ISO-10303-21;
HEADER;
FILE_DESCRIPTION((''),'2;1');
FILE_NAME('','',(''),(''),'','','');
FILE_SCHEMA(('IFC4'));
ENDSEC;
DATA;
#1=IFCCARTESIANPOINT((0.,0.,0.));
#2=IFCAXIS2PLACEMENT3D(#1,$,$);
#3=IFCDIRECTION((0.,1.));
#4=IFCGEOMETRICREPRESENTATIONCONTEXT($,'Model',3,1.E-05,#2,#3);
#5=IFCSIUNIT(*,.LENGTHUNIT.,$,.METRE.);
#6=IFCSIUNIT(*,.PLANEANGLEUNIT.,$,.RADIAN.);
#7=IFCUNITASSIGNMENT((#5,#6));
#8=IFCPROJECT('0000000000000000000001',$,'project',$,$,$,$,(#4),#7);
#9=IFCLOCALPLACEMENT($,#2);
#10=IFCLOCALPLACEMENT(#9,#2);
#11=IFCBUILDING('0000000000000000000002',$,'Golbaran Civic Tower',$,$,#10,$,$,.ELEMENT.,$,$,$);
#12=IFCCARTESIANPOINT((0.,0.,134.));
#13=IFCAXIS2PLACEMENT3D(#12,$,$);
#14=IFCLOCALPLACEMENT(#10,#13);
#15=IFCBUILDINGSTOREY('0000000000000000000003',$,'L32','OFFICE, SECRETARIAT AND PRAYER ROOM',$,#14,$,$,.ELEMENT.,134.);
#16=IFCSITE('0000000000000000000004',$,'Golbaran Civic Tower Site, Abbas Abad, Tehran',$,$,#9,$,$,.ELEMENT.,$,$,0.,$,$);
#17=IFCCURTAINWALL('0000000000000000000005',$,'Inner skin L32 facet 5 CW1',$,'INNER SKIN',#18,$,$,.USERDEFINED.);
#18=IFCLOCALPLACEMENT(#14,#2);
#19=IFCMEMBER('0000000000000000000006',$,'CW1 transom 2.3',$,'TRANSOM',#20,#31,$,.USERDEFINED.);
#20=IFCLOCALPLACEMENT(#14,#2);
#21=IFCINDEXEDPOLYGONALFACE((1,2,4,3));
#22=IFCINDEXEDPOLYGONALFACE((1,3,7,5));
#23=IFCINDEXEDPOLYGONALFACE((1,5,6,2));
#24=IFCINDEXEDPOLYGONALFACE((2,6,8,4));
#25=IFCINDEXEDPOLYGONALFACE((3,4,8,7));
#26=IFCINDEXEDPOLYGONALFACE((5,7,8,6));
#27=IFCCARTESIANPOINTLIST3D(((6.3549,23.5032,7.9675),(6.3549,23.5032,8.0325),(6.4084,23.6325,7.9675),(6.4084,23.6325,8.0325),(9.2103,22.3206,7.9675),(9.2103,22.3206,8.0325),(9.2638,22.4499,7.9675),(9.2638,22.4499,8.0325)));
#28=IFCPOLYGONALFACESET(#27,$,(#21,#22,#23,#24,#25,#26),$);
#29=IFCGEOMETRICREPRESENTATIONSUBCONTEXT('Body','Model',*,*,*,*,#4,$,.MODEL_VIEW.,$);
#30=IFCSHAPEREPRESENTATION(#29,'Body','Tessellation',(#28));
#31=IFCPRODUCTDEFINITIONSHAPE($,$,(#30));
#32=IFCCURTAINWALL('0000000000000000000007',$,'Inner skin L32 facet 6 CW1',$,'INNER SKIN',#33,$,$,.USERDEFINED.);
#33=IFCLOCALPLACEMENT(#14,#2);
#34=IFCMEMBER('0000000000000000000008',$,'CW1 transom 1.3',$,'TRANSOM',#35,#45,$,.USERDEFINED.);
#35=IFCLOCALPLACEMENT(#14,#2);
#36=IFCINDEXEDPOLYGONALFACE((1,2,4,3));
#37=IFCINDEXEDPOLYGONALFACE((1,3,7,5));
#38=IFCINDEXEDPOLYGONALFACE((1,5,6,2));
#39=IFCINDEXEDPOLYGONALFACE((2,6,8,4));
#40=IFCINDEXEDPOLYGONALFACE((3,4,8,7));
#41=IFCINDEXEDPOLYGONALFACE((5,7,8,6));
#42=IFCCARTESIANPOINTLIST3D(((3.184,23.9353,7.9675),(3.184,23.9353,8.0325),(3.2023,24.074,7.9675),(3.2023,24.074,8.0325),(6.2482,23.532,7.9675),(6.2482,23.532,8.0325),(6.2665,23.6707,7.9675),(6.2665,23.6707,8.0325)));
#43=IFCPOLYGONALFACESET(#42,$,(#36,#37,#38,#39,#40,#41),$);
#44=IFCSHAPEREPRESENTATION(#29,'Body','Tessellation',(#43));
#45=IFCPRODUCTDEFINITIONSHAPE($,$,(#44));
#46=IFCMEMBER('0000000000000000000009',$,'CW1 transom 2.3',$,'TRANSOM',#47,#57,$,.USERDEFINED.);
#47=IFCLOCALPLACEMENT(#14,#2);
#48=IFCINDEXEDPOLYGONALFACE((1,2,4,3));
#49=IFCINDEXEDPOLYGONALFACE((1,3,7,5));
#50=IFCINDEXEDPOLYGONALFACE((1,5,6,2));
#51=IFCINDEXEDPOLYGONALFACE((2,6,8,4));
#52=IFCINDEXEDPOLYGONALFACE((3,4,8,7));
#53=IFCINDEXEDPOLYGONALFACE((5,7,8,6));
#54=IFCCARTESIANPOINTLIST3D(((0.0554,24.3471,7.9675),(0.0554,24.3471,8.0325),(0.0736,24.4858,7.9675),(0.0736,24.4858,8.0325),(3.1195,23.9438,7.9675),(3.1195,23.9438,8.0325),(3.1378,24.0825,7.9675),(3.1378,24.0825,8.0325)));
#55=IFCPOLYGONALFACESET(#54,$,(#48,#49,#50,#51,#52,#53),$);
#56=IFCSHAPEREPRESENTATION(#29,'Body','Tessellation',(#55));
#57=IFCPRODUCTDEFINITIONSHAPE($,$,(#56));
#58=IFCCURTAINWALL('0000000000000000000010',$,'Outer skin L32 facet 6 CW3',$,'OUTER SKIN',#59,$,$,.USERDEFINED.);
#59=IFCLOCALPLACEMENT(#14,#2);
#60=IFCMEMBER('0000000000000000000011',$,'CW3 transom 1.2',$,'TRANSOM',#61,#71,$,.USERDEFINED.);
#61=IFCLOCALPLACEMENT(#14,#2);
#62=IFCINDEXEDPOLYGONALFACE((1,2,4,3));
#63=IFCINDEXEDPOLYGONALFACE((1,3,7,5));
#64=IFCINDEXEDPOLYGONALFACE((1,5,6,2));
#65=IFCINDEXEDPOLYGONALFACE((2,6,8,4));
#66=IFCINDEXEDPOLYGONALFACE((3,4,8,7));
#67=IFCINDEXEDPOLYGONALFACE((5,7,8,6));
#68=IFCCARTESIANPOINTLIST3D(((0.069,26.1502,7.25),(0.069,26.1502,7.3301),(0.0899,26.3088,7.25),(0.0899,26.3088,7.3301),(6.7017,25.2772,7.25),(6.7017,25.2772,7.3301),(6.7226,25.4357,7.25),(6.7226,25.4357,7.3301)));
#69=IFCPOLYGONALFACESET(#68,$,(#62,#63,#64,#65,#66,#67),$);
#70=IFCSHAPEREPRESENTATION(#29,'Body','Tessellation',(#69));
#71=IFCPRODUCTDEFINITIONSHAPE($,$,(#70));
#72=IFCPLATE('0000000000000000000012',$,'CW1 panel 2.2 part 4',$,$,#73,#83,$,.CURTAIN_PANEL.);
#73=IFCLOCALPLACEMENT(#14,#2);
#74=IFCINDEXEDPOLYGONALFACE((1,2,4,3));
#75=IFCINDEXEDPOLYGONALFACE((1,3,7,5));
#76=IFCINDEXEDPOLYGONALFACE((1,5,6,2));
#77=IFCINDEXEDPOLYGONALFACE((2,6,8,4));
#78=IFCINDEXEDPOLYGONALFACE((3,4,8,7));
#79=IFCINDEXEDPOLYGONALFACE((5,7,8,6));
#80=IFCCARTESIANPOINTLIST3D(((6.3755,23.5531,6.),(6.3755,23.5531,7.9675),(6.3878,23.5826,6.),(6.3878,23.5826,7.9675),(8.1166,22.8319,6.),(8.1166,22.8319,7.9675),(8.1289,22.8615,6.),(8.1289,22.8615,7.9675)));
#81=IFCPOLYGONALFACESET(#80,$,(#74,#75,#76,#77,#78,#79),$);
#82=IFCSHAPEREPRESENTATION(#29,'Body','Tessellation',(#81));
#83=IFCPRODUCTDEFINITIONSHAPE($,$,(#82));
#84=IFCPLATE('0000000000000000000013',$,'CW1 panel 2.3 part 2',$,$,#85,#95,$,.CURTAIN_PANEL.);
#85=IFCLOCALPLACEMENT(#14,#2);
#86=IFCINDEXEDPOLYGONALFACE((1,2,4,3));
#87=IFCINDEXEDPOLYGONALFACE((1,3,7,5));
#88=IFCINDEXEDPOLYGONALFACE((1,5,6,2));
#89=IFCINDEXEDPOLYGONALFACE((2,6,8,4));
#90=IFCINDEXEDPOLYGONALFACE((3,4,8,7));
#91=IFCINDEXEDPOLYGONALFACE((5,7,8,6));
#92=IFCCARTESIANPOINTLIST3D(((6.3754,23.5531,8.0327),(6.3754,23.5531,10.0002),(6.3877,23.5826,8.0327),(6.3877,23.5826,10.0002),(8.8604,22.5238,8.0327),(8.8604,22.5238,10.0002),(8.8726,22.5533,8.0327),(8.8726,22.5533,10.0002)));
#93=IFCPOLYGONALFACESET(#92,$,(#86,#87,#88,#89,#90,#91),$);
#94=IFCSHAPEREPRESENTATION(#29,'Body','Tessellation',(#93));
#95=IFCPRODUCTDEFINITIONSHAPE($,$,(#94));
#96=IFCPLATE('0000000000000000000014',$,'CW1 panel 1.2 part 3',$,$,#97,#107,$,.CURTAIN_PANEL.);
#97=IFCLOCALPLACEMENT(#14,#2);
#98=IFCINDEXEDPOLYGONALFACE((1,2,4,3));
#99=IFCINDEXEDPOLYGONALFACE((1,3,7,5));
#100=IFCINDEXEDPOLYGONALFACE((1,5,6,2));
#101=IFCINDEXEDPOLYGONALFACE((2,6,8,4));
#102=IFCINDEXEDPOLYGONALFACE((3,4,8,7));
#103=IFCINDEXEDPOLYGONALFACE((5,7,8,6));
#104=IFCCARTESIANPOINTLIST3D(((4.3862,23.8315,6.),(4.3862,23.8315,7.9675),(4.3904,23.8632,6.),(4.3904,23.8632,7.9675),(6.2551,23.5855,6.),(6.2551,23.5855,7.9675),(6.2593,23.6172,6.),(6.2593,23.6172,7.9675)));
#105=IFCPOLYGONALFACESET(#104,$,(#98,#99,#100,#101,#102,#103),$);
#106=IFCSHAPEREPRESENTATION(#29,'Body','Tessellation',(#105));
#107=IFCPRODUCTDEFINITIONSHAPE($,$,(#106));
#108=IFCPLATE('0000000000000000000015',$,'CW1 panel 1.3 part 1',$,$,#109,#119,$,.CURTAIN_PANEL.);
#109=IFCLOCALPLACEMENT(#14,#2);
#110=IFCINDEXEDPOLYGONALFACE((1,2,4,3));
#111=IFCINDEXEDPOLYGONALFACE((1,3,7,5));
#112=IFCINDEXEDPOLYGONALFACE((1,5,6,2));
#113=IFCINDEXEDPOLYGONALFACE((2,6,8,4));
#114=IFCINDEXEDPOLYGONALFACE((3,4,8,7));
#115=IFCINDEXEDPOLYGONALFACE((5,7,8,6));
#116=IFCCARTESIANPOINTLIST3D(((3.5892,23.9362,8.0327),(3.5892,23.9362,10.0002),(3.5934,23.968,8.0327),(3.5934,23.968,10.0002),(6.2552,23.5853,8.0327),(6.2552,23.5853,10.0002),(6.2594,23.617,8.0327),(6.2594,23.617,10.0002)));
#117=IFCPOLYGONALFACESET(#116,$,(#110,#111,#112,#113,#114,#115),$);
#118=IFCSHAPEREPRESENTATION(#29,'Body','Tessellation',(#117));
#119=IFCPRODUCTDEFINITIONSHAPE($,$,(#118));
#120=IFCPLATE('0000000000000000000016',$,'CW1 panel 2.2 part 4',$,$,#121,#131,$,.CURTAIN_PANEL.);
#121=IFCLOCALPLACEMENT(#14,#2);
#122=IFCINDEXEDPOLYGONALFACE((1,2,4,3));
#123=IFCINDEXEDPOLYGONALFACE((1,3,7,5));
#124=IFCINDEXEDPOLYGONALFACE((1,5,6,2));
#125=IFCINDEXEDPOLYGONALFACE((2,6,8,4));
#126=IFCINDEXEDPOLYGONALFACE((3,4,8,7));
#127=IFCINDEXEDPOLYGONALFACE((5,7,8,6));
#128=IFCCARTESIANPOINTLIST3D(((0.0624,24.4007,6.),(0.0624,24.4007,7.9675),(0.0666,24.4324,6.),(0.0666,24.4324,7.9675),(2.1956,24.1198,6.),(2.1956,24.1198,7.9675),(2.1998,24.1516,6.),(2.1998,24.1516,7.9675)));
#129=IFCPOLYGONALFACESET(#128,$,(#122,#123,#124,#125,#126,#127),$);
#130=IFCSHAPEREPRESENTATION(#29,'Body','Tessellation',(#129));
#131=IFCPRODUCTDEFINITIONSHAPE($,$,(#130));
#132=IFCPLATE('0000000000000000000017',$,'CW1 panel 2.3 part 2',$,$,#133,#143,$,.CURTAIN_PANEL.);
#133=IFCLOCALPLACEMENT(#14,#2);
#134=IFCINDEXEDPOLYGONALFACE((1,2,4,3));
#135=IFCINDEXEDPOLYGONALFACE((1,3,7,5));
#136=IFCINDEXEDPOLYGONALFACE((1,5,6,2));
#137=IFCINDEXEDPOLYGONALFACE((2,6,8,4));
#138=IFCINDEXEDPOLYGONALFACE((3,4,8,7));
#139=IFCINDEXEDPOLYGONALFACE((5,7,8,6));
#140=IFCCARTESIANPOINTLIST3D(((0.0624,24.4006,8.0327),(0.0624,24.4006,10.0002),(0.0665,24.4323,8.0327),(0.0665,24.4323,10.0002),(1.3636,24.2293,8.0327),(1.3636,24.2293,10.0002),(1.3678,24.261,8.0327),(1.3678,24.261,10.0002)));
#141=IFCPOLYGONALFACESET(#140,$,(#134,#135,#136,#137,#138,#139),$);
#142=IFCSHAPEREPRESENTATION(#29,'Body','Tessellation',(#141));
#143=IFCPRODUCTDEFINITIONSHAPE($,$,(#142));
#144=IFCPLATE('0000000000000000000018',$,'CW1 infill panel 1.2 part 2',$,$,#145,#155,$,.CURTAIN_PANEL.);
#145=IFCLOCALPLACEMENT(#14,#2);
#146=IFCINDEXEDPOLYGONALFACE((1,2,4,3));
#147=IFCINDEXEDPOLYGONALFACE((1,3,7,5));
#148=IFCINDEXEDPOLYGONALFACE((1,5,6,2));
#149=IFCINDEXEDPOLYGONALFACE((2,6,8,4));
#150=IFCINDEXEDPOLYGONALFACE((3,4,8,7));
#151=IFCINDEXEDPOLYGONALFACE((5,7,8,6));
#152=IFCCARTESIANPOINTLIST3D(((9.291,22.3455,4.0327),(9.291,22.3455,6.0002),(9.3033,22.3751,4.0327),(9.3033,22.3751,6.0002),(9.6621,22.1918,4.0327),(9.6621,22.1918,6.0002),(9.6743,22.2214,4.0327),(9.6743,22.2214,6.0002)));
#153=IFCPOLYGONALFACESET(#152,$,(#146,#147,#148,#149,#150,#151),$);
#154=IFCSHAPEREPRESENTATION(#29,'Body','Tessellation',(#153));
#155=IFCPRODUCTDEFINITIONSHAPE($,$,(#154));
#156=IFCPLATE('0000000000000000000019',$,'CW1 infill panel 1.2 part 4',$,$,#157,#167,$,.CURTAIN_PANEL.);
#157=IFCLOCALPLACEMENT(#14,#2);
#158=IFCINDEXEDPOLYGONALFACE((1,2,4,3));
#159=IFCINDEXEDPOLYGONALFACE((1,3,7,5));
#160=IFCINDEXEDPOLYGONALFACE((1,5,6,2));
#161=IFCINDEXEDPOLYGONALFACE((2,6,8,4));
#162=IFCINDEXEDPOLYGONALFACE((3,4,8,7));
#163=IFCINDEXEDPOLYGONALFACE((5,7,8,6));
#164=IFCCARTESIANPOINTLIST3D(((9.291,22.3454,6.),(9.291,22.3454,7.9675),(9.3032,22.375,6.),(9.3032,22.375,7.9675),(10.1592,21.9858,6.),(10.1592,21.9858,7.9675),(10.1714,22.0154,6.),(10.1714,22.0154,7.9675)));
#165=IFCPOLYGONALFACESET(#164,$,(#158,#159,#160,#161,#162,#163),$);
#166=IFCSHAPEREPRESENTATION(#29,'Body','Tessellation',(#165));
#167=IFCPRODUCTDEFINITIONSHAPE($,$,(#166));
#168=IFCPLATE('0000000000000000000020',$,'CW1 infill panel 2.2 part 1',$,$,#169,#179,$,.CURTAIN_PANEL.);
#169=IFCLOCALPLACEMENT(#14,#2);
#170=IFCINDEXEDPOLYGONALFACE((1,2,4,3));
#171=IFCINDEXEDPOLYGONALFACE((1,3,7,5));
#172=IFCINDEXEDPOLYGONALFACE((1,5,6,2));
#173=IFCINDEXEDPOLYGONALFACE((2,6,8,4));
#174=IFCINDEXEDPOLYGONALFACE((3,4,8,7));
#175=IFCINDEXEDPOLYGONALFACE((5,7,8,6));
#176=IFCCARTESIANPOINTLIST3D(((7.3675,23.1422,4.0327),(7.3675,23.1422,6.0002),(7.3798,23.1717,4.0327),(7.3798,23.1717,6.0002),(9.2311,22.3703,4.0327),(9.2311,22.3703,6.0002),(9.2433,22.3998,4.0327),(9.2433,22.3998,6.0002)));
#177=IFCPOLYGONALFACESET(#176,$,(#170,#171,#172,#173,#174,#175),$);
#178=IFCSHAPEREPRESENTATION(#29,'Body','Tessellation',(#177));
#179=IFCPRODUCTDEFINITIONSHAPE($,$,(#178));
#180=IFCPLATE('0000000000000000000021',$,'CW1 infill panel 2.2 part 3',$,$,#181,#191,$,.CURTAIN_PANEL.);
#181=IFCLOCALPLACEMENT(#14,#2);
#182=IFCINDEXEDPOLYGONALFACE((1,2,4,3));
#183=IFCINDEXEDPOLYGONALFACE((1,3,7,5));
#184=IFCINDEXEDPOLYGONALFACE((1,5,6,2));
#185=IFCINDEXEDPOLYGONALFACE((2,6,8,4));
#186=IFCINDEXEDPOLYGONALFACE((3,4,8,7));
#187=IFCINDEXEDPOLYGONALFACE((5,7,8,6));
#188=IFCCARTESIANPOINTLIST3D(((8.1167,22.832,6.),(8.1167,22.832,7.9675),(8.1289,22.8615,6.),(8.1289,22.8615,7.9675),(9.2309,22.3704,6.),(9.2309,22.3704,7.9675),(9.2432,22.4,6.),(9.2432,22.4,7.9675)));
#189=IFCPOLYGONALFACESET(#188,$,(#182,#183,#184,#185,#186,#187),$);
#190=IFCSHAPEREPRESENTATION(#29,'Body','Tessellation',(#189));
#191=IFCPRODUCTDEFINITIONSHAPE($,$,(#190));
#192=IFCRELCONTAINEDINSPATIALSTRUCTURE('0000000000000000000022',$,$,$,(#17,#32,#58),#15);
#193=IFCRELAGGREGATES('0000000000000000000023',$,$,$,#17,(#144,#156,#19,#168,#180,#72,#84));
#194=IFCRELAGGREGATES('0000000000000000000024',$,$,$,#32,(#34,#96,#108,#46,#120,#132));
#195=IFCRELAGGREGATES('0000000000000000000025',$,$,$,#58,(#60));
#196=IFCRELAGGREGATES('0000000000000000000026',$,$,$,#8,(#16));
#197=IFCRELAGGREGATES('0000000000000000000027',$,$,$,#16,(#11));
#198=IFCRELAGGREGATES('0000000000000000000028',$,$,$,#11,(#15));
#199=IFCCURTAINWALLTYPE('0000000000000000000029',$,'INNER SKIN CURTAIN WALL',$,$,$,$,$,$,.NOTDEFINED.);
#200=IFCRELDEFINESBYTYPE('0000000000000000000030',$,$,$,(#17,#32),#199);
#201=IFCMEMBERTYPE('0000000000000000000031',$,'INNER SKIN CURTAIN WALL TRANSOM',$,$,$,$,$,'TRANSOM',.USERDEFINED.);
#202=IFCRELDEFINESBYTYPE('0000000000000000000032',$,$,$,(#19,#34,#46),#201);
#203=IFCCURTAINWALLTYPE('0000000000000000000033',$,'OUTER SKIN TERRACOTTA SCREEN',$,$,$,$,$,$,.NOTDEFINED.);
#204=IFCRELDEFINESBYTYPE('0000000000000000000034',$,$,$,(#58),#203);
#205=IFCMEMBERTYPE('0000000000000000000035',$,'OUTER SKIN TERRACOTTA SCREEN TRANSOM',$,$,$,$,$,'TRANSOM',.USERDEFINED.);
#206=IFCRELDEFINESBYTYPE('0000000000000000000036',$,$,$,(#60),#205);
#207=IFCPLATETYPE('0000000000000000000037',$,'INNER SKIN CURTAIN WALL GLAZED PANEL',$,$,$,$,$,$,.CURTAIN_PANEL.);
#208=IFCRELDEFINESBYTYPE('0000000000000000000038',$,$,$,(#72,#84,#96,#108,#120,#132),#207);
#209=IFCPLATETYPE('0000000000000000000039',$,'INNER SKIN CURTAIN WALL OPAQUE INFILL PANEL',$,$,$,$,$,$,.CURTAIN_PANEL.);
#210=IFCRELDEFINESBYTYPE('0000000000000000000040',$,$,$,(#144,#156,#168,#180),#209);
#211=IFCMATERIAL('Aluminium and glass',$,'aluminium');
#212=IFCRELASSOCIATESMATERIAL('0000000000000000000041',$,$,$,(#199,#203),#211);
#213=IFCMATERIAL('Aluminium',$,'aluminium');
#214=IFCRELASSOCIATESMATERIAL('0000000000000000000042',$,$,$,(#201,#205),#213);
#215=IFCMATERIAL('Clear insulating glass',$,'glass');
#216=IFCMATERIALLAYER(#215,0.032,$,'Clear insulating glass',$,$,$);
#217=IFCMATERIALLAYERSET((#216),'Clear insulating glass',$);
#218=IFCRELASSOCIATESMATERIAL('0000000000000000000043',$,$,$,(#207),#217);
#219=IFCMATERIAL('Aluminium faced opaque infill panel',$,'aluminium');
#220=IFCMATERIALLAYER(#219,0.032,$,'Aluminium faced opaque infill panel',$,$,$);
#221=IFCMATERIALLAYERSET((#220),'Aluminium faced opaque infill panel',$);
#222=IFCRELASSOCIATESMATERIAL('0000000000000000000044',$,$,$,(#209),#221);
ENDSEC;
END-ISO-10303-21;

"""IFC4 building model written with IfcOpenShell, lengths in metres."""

from ifc_helpers import new_model, si_unit, direction, frame, origin, origin_2d, place, context, subcontext, project, spatial, rectangle, extrude, material, layer, layer_set, material_profile, profile_set, type_object, element, aggregate, save


model = new_model("IFC4")

# Units and contexts
model_context = context("Model", 3, precision=1e-05, world=origin(), true_north=direction((0.0, 1.0)))
body_context = subcontext(model_context, "Body", "Model", "MODEL_VIEW")
ifc_project = project(units=[si_unit("LENGTHUNIT", "METRE"), si_unit("PLANEANGLEUNIT", "RADIAN")], contexts=[model_context])

# Site, building, storey
site_placement = place(None, origin())
site = spatial("IfcSite", under=ifc_project, at=site_placement, Name="Golbaran Civic Tower Site, Abbas Abad, Tehran", CompositionType="ELEMENT", RefElevation=0.0)
building_placement = place(site_placement, origin())
building = spatial("IfcBuilding", under=site, at=building_placement, Name="Golbaran Civic Tower", CompositionType="ELEMENT")
storey_placement = place(building_placement, frame((0.0, 0.0, 134.0)))
storey = spatial("IfcBuildingStorey", under=building, at=storey_placement, Name="L32", Description="OFFICE, SECRETARIAT AND PRAYER ROOM", CompositionType="ELEMENT", Elevation=134.0)

# Curtain wall, member
ifc_material_1 = material(Name="Aluminium and glass", Category="aluminium")
curtain_wall_type_1 = type_object("IfcCurtainWallType", Name="INNER SKIN CURTAIN WALL", PredefinedType="NOTDEFINED", material=ifc_material_1)
curtain_wall_1_placement = place(storey_placement, origin())
curtain_wall_1 = element("IfcCurtainWall", 1, at=curtain_wall_1_placement, inside=storey, type_object=curtain_wall_type_1, Name="Inner skin L32 facet 5 CW1", ObjectType="INNER SKIN", PredefinedType="USERDEFINED")
ifc_material_2 = material(Name="Aluminium", Category="aluminium")
ifc_material_profile_1 = material_profile(ifc_material_2, rectangle(XDim=0.1399, YDim=0.0649, at=origin_2d()), Name="INNER SKIN CURTAIN WALL TRANSOM")
ifc_profile_set_1 = profile_set([ifc_material_profile_1], Name="Aluminium")
member_type_1 = type_object("IfcMemberType", Name="INNER SKIN CURTAIN WALL TRANSOM", ElementType="TRANSOM", PredefinedType="USERDEFINED", material=ifc_profile_set_1)
member_1_placement = place(storey_placement, frame((9.2371, 22.3853, 8.0), z_axis=(-0.923897, 0.38264, 0.0), x_axis=(-0.38264, -0.923897, 0.0)))
member_1 = element("IfcMember", 2, at=member_1_placement, type_object=member_type_1, Name="CW1 transom 2.3", ObjectType="TRANSOM", PredefinedType="USERDEFINED", context=body_context, shape_type="SweptSolid", body=[
    extrude(rectangle(XDim=0.1399, YDim=0.0649, at=origin_2d()), origin(), (0.0, 0.0, 1.0), 3.0906),
])

# Curtain wall, members
curtain_wall_2_placement = place(storey_placement, origin())
curtain_wall_2 = element("IfcCurtainWall", 3, at=curtain_wall_2_placement, inside=storey, type_object=curtain_wall_type_1, Name="Inner skin L32 facet 6 CW1", ObjectType="INNER SKIN", PredefinedType="USERDEFINED")
member_2_placement = place(storey_placement, frame((6.2573, 23.6013, 8.0), z_axis=(-0.991449, 0.130497, 0.0), x_axis=(-0.130497, -0.991449, 0.0)))
member_2 = element("IfcMember", 4, at=member_2_placement, type_object=member_type_1, Name="CW1 transom 1.3", ObjectType="TRANSOM", PredefinedType="USERDEFINED", context=body_context, shape_type="SweptSolid", body=[
    extrude(rectangle(XDim=0.1399, YDim=0.0649, at=origin_2d()), origin(), (0.0, 0.0, 1.0), 3.0906),
])
member_3_placement = place(storey_placement, frame((3.1287, 24.0132, 8.0), z_axis=(-0.991449, 0.130497, 0.0), x_axis=(-0.130497, -0.991449, 0.0)))
member_3 = element("IfcMember", 5, at=member_3_placement, type_object=member_type_1, Name="CW1 transom 2.3", ObjectType="TRANSOM", PredefinedType="USERDEFINED", context=body_context, shape_type="SweptSolid", body=[
    extrude(rectangle(XDim=0.1399, YDim=0.0649, at=origin_2d()), origin(), (0.0, 0.0, 1.0), 3.0906),
])

# Curtain wall, member
curtain_wall_type_2 = type_object("IfcCurtainWallType", Name="OUTER SKIN TERRACOTTA SCREEN", PredefinedType="NOTDEFINED", material=ifc_material_1)
curtain_wall_3_placement = place(storey_placement, origin())
curtain_wall_3 = element("IfcCurtainWall", 6, at=curtain_wall_3_placement, inside=storey, type_object=curtain_wall_type_2, Name="Outer skin L32 facet 6 CW3", ObjectType="OUTER SKIN", PredefinedType="USERDEFINED")
ifc_material_profile_2 = material_profile(ifc_material_2, rectangle(XDim=0.1599, YDim=0.0801, at=origin_2d()), Name="OUTER SKIN TERRACOTTA SCREEN TRANSOM")
ifc_profile_set_2 = profile_set([ifc_material_profile_2], Name="Aluminium")
member_type_2 = type_object("IfcMemberType", Name="OUTER SKIN TERRACOTTA SCREEN TRANSOM", ElementType="TRANSOM", PredefinedType="USERDEFINED", material=ifc_profile_set_2)
member_4_placement = place(storey_placement, frame((6.7122, 25.3564, 7.29), z_axis=(-0.991448, 0.1305, 0.0), x_axis=(-0.1305, -0.991448, 0.0)))
member_4 = element("IfcMember", 7, at=member_4_placement, type_object=member_type_2, Name="CW3 transom 1.2", ObjectType="TRANSOM", PredefinedType="USERDEFINED", context=body_context, shape_type="SweptSolid", body=[
    extrude(rectangle(XDim=0.1599, YDim=0.0801, at=origin_2d()), origin(), (0.0, 0.0, 1.0), 6.6899),
])

# Plates
ifc_material_3 = material(Name="Clear insulating glass", Category="glass")
ifc_layer_1 = layer(ifc_material_3, 0.032, Name="Clear insulating glass")
ifc_layer_set_1 = layer_set([ifc_layer_1], Name="Clear insulating glass")
plate_type_1 = type_object("IfcPlateType", Name="INNER SKIN CURTAIN WALL GLAZED PANEL", PredefinedType="CURTAIN_PANEL", material=ifc_layer_set_1)
plate_1_placement = place(storey_placement, frame((7.2522, 23.2073, 6.0), z_axis=(0.0, 0.0, 1.0), x_axis=(-0.92388, 0.382683, 0.0)))
plate_1 = element("IfcPlate", 8, at=plate_1_placement, type_object=plate_type_1, Name="CW1 panel 2.2 part 4", PredefinedType="CURTAIN_PANEL", context=body_context, shape_type="SweptSolid", body=[
    extrude(rectangle(XDim=1.8845, YDim=0.032, at=origin_2d()), origin(), (0.0, 0.0, 1.0), 1.9675),
])
plate_2_placement = place(storey_placement, frame((7.624, 23.0532, 8.0327), z_axis=(0.0, 0.0, 1.0), x_axis=(-0.92388, 0.382683, 0.0)))
plate_2 = element("IfcPlate", 9, at=plate_2_placement, type_object=plate_type_1, Name="CW1 panel 2.3 part 2", PredefinedType="CURTAIN_PANEL", context=body_context, shape_type="SweptSolid", body=[
    extrude(rectangle(XDim=2.6897, YDim=0.032, at=origin_2d()), origin(), (0.0, 0.0, 1.0), 1.9675),
])
plate_3_placement = place(storey_placement, frame((5.3228, 23.7244, 6.0), z_axis=(0.0, 0.0, 1.0), x_axis=(-0.991445, 0.130526, 0.0)))
plate_3 = element("IfcPlate", 10, at=plate_3_placement, type_object=plate_type_1, Name="CW1 panel 1.2 part 3", PredefinedType="CURTAIN_PANEL", context=body_context, shape_type="SweptSolid", body=[
    extrude(rectangle(XDim=1.885, YDim=0.032, at=origin_2d()), origin(), (0.0, 0.0, 1.0), 1.9675),
])
plate_4_placement = place(storey_placement, frame((4.9243, 23.7766, 8.0327), z_axis=(0.0, 0.0, 1.0), x_axis=(-0.991445, 0.130526, 0.0)))
plate_4 = element("IfcPlate", 11, at=plate_4_placement, type_object=plate_type_1, Name="CW1 panel 1.3 part 1", PredefinedType="CURTAIN_PANEL", context=body_context, shape_type="SweptSolid", body=[
    extrude(rectangle(XDim=2.689, YDim=0.032, at=origin_2d()), origin(), (0.0, 0.0, 1.0), 1.9675),
])
plate_5_placement = place(storey_placement, frame((1.1311, 24.2761, 6.0), z_axis=(0.0, 0.0, 1.0), x_axis=(-0.991445, 0.130526, 0.0)))
plate_5 = element("IfcPlate", 12, at=plate_5_placement, type_object=plate_type_1, Name="CW1 panel 2.2 part 4", PredefinedType="CURTAIN_PANEL", context=body_context, shape_type="SweptSolid", body=[
    extrude(rectangle(XDim=2.1516, YDim=0.032, at=origin_2d()), origin(), (0.0, 0.0, 1.0), 1.9675),
])
plate_6_placement = place(storey_placement, frame((0.7151, 24.3308, 8.0327), z_axis=(0.0, 0.0, 1.0), x_axis=(-0.991445, 0.130526, 0.0)))
plate_6 = element("IfcPlate", 13, at=plate_6_placement, type_object=plate_type_1, Name="CW1 panel 2.3 part 2", PredefinedType="CURTAIN_PANEL", context=body_context, shape_type="SweptSolid", body=[
    extrude(rectangle(XDim=1.3125, YDim=0.032, at=origin_2d()), origin(), (0.0, 0.0, 1.0), 1.9675),
])
ifc_material_4 = material(Name="Aluminium faced opaque infill panel", Category="aluminium")
ifc_layer_2 = layer(ifc_material_4, 0.032, Name="Aluminium faced opaque infill panel")
ifc_layer_set_2 = layer_set([ifc_layer_2], Name="Aluminium faced opaque infill panel")
plate_type_2 = type_object("IfcPlateType", Name="INNER SKIN CURTAIN WALL OPAQUE INFILL PANEL", PredefinedType="CURTAIN_PANEL", material=ifc_layer_set_2)
plate_7_placement = place(storey_placement, frame((9.4827, 22.2834, 4.0327), z_axis=(0.0, 0.0, 1.0), x_axis=(-0.92388, 0.382683, 0.0)))
plate_7 = element("IfcPlate", 14, at=plate_7_placement, type_object=plate_type_2, Name="CW1 infill panel 1.2 part 2", PredefinedType="CURTAIN_PANEL", context=body_context, shape_type="SweptSolid", body=[
    extrude(rectangle(XDim=0.4016, YDim=0.032, at=origin_2d()), origin(), (0.0, 0.0, 1.0), 1.9675),
])
plate_8_placement = place(storey_placement, frame((9.7312, 22.1804, 6.0), z_axis=(0.0, 0.0, 1.0), x_axis=(-0.92388, 0.382683, 0.0)))
plate_8 = element("IfcPlate", 15, at=plate_8_placement, type_object=plate_type_2, Name="CW1 infill panel 1.2 part 4", PredefinedType="CURTAIN_PANEL", context=body_context, shape_type="SweptSolid", body=[
    extrude(rectangle(XDim=0.9397, YDim=0.032, at=origin_2d()), origin(), (0.0, 0.0, 1.0), 1.9675),
])
plate_9_placement = place(storey_placement, frame((8.3054, 22.771, 4.0327), z_axis=(0.0, 0.0, 1.0), x_axis=(-0.92388, 0.382683, 0.0)))
plate_9 = element("IfcPlate", 16, at=plate_9_placement, type_object=plate_type_2, Name="CW1 infill panel 2.2 part 1", PredefinedType="CURTAIN_PANEL", context=body_context, shape_type="SweptSolid", body=[
    extrude(rectangle(XDim=2.0171, YDim=0.032, at=origin_2d()), origin(), (0.0, 0.0, 1.0), 1.9675),
])
plate_10_placement = place(storey_placement, frame((8.6799, 22.616, 6.0), z_axis=(0.0, 0.0, 1.0), x_axis=(-0.92388, 0.382683, 0.0)))
plate_10 = element("IfcPlate", 17, at=plate_10_placement, type_object=plate_type_2, Name="CW1 infill panel 2.2 part 3", PredefinedType="CURTAIN_PANEL", context=body_context, shape_type="SweptSolid", body=[
    extrude(rectangle(XDim=1.2061, YDim=0.032, at=origin_2d()), origin(), (0.0, 0.0, 1.0), 1.9675),
])
aggregate(curtain_wall_1, [plate_7, plate_8, member_1, plate_9, plate_10, plate_1, plate_2])
aggregate(curtain_wall_2, [member_2, plate_3, plate_4, member_3, plate_5, plate_6])
aggregate(curtain_wall_3, [member_4])

save(model, "model.ifc")
